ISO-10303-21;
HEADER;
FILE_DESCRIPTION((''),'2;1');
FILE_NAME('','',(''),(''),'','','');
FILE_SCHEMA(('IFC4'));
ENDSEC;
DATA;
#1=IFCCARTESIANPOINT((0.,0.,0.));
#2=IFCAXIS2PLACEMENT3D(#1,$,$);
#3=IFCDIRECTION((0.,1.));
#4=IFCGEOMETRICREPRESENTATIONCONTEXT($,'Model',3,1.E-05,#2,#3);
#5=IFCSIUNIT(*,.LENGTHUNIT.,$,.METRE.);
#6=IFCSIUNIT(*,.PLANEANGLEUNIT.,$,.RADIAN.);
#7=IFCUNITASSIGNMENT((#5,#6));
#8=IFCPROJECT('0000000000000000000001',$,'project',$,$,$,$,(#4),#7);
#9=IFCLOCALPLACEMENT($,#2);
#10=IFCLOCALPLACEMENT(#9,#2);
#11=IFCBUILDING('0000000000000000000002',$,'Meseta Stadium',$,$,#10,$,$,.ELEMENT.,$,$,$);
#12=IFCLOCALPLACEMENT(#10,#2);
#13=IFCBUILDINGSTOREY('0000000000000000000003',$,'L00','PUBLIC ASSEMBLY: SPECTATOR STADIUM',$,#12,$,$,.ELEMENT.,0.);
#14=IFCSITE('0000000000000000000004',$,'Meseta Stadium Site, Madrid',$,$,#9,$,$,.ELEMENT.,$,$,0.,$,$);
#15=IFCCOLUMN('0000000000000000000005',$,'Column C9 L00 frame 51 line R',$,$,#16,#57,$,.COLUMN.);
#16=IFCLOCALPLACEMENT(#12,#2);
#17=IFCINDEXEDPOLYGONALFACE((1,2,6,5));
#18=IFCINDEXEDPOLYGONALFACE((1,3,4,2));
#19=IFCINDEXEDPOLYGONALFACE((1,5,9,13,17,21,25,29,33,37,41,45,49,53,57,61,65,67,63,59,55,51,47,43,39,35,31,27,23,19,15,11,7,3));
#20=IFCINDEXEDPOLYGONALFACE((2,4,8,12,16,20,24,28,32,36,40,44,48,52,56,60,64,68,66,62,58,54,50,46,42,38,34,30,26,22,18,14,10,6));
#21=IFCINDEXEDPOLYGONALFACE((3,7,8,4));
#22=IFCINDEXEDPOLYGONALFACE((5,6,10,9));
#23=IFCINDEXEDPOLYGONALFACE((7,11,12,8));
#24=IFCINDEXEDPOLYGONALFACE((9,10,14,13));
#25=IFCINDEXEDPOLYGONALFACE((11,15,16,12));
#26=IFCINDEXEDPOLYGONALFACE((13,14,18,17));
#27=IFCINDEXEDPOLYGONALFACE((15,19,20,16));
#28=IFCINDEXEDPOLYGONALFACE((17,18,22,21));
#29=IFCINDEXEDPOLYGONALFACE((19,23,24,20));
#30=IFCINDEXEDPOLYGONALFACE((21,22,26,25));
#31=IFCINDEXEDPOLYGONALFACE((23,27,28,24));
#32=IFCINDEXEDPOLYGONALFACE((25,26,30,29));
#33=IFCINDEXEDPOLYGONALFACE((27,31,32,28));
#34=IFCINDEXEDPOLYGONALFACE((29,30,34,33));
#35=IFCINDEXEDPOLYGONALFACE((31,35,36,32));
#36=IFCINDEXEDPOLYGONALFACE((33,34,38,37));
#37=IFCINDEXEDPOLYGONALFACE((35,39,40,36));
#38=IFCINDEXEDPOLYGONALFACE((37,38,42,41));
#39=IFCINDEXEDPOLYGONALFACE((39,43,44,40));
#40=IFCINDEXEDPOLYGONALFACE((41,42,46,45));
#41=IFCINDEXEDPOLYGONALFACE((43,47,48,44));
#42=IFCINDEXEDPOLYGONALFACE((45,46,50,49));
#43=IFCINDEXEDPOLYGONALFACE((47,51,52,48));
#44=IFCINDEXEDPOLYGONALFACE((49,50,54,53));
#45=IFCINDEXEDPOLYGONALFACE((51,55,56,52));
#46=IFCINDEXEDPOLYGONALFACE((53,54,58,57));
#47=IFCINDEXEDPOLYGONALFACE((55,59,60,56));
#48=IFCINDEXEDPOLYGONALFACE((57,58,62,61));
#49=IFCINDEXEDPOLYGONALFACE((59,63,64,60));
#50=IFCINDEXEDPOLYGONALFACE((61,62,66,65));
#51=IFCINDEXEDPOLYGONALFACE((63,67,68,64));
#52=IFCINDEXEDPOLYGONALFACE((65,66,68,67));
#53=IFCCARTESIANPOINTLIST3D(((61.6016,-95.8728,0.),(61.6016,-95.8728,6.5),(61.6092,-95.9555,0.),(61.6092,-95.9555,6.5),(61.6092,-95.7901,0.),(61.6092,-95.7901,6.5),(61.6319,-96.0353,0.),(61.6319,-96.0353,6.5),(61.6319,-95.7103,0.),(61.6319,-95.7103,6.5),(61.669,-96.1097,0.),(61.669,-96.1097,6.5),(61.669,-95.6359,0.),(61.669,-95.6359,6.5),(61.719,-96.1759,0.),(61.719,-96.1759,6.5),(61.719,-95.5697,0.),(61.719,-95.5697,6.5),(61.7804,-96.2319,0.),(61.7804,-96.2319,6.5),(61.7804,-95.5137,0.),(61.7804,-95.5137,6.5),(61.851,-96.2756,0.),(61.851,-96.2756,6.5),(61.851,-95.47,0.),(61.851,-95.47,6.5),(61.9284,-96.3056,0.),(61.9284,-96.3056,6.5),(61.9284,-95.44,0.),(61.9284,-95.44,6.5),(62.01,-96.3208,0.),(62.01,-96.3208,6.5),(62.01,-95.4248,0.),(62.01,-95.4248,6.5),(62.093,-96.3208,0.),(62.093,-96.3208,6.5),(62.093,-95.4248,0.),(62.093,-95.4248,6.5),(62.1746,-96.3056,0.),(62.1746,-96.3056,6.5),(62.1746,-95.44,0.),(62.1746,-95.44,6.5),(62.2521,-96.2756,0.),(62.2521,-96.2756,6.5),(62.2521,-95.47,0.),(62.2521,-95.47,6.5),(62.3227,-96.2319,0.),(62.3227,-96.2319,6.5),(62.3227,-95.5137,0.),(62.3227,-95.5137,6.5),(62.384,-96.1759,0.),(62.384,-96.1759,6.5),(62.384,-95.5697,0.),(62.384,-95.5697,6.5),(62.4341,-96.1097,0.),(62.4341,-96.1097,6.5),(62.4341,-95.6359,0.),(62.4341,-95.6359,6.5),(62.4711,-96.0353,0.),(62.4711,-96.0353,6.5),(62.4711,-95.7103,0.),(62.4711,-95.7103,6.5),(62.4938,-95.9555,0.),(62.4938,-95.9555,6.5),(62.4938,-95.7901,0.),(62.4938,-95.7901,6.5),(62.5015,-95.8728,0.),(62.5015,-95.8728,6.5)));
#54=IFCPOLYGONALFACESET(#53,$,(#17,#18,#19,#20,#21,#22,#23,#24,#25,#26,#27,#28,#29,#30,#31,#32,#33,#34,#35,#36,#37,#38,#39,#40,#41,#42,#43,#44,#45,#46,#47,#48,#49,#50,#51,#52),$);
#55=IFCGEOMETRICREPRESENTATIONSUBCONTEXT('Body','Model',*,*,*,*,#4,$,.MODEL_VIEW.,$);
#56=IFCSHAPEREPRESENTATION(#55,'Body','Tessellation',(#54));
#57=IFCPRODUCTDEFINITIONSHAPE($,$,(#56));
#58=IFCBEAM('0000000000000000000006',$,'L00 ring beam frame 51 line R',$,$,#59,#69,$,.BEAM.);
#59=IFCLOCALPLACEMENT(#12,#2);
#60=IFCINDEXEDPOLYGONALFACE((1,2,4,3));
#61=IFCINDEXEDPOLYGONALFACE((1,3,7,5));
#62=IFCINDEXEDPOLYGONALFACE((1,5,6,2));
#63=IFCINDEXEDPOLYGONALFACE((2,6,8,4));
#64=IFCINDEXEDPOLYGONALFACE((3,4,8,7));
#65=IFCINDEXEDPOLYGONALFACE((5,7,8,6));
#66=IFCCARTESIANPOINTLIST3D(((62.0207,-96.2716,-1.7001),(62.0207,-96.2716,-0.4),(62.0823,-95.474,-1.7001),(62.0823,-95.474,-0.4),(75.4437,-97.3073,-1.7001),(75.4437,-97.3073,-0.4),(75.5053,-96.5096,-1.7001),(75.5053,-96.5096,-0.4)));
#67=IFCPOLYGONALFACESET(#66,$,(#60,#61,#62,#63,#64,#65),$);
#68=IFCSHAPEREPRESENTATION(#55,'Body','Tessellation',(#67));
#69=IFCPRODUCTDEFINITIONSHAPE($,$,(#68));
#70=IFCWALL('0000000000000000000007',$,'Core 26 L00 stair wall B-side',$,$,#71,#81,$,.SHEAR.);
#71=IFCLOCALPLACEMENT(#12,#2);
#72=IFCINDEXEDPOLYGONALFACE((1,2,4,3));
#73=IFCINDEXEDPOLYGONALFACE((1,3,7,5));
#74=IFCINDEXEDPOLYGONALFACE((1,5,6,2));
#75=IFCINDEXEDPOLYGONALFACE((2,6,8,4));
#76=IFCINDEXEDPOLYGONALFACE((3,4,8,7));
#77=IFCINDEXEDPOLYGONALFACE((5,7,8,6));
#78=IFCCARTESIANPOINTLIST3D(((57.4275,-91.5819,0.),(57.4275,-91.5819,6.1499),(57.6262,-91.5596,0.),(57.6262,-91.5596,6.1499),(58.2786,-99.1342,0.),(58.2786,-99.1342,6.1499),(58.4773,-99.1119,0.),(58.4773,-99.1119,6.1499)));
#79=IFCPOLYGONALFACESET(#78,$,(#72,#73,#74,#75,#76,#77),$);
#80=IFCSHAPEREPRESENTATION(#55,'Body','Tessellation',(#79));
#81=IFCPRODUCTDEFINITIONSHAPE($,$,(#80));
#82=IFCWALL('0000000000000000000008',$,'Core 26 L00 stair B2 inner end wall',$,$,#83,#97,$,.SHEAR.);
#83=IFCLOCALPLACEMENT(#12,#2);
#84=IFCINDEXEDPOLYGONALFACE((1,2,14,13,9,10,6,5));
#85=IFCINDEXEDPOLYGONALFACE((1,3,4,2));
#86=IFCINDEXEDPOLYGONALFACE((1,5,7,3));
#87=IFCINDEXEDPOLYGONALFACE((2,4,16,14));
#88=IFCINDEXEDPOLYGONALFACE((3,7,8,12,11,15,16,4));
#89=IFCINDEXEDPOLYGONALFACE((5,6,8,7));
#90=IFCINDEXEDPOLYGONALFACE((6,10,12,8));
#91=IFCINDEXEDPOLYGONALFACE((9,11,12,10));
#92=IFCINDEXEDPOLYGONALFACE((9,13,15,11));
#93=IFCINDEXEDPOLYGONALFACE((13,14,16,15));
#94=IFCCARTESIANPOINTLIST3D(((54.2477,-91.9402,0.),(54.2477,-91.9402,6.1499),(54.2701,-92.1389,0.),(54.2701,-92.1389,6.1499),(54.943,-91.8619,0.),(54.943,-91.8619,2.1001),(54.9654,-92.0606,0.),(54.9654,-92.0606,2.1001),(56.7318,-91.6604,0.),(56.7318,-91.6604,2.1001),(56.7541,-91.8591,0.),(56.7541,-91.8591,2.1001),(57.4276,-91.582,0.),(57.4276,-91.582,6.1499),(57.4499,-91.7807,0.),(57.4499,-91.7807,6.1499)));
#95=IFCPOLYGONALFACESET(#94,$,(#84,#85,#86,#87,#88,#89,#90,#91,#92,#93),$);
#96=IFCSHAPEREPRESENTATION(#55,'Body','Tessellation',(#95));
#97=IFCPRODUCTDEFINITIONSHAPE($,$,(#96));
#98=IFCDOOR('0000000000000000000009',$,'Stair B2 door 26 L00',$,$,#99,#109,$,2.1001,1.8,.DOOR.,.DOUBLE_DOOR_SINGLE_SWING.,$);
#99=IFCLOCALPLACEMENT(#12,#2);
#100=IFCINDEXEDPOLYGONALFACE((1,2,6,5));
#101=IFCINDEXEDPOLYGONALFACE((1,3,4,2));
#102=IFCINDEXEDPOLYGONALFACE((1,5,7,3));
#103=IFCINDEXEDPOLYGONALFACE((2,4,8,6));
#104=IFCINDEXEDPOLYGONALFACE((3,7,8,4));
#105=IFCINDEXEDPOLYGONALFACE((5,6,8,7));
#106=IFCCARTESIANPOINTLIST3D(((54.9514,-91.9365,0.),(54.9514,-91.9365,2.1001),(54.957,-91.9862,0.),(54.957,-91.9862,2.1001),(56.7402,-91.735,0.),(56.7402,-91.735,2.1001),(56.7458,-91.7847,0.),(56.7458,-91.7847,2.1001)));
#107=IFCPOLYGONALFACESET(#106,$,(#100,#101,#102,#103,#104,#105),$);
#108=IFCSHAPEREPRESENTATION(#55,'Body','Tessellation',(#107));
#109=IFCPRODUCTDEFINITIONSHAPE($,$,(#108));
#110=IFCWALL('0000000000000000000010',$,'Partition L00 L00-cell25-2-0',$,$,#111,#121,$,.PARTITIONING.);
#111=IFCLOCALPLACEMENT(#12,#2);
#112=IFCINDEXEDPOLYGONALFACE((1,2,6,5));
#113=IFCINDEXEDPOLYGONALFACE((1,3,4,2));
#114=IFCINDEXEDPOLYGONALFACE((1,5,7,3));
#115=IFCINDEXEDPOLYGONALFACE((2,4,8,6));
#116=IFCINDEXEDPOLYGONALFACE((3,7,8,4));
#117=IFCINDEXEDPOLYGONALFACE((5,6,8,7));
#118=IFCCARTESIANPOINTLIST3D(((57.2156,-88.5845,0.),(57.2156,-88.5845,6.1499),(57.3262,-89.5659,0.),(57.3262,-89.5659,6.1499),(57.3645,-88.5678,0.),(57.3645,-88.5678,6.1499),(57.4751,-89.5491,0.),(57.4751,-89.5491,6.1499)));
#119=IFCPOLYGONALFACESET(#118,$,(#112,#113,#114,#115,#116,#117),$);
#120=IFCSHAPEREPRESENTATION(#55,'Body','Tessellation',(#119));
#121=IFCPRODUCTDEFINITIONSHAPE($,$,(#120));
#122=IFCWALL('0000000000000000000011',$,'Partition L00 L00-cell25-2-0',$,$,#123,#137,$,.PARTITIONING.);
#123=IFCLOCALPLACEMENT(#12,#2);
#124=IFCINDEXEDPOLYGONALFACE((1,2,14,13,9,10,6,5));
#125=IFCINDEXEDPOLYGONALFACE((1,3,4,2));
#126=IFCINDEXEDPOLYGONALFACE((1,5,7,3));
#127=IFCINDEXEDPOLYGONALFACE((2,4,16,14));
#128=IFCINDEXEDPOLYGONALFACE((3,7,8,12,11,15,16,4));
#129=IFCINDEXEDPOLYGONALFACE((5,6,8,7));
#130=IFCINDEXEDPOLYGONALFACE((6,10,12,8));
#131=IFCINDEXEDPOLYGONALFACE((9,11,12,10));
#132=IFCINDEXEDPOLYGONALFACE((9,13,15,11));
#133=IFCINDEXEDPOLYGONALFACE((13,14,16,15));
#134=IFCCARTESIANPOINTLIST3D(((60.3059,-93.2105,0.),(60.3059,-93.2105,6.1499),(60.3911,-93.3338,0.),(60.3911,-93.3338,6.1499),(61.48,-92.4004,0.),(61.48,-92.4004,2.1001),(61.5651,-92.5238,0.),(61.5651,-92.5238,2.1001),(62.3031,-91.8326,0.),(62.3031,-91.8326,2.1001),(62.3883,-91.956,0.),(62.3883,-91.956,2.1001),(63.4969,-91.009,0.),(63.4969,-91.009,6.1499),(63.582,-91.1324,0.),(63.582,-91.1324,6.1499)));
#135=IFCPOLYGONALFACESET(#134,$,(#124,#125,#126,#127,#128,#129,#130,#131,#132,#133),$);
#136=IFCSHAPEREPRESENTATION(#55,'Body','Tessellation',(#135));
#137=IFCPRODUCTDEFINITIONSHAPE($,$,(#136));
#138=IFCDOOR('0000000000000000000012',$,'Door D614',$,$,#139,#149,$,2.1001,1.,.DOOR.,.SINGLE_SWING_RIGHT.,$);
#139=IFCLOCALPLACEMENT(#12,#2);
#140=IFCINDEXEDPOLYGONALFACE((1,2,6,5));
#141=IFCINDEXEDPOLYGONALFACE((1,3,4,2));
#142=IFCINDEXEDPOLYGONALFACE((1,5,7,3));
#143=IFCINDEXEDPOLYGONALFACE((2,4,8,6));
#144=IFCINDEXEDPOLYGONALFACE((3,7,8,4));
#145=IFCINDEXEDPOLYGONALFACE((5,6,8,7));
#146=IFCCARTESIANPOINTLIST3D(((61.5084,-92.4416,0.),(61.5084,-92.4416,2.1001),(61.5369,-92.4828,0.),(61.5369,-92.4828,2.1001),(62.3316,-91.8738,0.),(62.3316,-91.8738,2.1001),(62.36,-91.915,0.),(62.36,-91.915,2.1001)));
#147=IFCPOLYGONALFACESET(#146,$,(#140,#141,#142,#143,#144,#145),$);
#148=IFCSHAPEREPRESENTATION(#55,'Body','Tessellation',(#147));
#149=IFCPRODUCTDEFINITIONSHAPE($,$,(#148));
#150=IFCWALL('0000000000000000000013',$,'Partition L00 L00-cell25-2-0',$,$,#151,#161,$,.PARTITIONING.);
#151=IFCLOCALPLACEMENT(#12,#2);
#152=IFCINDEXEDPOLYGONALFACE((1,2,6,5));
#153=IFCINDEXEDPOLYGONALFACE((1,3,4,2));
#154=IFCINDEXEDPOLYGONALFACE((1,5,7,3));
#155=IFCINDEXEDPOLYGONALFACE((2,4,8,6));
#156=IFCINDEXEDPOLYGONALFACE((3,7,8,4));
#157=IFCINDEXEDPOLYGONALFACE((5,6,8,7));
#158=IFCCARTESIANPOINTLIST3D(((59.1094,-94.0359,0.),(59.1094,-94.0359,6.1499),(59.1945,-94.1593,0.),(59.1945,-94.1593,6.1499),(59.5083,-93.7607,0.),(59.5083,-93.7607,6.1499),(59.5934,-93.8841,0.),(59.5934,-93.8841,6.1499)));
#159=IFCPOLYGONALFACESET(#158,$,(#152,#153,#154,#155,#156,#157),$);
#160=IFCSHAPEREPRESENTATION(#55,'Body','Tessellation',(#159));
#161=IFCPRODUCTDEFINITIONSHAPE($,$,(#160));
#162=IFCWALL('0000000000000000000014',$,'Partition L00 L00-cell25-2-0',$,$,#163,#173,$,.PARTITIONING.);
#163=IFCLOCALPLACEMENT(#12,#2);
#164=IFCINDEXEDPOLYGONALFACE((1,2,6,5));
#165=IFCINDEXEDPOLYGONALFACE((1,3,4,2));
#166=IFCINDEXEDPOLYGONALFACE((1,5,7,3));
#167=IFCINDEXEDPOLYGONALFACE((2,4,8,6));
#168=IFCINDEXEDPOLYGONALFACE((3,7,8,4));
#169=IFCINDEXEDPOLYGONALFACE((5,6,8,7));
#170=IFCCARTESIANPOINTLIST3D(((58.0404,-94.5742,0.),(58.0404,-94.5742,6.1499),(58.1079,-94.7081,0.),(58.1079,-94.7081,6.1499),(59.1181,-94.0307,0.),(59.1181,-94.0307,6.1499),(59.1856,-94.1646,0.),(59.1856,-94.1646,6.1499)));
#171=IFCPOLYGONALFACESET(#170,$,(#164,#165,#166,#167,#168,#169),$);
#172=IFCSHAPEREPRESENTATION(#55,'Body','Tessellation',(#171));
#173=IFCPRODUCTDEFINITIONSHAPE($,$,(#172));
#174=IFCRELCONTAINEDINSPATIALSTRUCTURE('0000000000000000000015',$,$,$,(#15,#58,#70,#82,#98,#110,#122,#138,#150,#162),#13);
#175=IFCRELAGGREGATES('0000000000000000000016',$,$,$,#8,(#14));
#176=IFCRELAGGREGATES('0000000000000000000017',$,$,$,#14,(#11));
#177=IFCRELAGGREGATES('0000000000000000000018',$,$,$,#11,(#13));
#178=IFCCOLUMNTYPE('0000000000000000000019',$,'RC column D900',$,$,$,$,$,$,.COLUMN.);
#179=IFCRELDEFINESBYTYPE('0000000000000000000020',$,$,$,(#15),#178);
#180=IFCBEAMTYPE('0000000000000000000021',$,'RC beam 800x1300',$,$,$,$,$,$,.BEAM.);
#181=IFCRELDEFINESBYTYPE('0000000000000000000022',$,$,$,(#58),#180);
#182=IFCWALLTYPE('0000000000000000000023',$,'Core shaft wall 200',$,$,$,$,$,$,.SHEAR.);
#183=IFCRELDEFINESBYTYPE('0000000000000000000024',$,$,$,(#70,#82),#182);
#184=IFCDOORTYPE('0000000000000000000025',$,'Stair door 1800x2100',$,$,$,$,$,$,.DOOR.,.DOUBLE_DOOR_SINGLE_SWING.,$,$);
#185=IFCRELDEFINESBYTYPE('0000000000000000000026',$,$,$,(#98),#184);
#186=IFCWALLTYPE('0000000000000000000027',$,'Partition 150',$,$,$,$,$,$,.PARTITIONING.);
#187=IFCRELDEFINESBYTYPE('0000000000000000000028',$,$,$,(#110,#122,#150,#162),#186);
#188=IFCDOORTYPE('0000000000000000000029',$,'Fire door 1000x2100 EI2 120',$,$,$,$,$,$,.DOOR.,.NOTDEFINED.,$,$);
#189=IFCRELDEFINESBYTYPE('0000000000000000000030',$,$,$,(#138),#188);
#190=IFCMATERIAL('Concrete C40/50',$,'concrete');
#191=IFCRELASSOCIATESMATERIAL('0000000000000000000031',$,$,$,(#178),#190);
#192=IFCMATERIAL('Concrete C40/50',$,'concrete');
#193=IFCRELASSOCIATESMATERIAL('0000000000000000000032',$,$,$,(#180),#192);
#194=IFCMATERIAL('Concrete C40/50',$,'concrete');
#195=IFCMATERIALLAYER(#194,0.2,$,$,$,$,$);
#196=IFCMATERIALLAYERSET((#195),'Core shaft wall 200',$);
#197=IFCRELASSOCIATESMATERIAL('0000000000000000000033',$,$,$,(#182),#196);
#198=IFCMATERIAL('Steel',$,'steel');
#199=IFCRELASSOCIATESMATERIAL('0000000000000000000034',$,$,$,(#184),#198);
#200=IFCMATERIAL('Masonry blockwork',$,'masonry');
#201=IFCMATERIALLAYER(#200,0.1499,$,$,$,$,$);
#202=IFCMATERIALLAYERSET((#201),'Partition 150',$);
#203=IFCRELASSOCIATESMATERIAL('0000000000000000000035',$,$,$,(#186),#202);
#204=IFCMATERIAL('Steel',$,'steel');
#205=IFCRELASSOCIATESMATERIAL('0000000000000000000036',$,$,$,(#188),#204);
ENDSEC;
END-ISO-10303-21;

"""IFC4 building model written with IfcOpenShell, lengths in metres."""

from ifc_helpers import new_model, si_unit, direction, frame, frame_2d, origin, origin_2d, place, context, subcontext, project, spatial, rectangle, circle, extrude, material, layer, layer_set, material_profile, profile_set, type_object, element, fill, save


model = new_model("IFC4")

# Units and contexts
model_context = context("Model", 3, precision=1e-05, world=origin(), true_north=direction((0.0, 1.0)))
body_context = subcontext(model_context, "Body", "Model", "MODEL_VIEW")
ifc_project = project(units=[si_unit("LENGTHUNIT", "METRE"), si_unit("PLANEANGLEUNIT", "RADIAN")], contexts=[model_context])

# Site, building, storey
site_placement = place(None, origin())
site = spatial("IfcSite", under=ifc_project, at=site_placement, Name="Meseta Stadium Site, Madrid", CompositionType="ELEMENT", RefElevation=0.0)
building_placement = place(site_placement, origin())
building = spatial("IfcBuilding", under=site, at=building_placement, Name="Meseta Stadium", CompositionType="ELEMENT")
storey_placement = place(building_placement, origin())
storey = spatial("IfcBuildingStorey", under=building, at=storey_placement, Name="L00", Description="PUBLIC ASSEMBLY: SPECTATOR STADIUM", CompositionType="ELEMENT", Elevation=0.0)

# Column
ifc_material_1 = material(Name="Concrete C40/50", Category="concrete")
ifc_material_profile_1 = material_profile(ifc_material_1, circle(Radius=0.45, at=origin_2d()), Name="RC D900")
ifc_profile_set_1 = profile_set([ifc_material_profile_1], Name="Concrete C40/50")
column_type = type_object("IfcColumnType", Name="RC column D900", PredefinedType="COLUMN", material=ifc_profile_set_1)
column_placement = place(storey_placement, frame((62.0515, -95.8728, 0.0), z_axis=(0.0, 0.0, 1.0), x_axis=(1.0, 0.0, 0.0)))
element("IfcColumn", 1, at=column_placement, inside=storey, type_object=column_type, Name="Column C9 L00 frame 51 line R", PredefinedType="COLUMN", context=body_context, shape_type="SweptSolid", body=[
    extrude(circle(Radius=0.45, at=origin_2d()), origin(), (0.0, 0.0, 1.0), 6.5),
])

# Beam
ifc_material_2 = material(Name="Concrete C40/50", Category="concrete")
ifc_material_profile_2 = material_profile(ifc_material_2, rectangle(XDim=0.8, YDim=1.3, at=origin_2d()), Name="RC 800x1300")
ifc_profile_set_2 = profile_set([ifc_material_profile_2], Name="Concrete C40/50")
beam_type = type_object("IfcBeamType", Name="RC beam 800x1300", PredefinedType="BEAM", material=ifc_profile_set_2)
beam_placement = place(storey_placement, frame((62.0515, -95.8728, -1.05), z_axis=(0.997037, -0.076925, 0.0), x_axis=(0.076925, 0.997037, 0.0)))
element("IfcBeam", 2, at=beam_placement, inside=storey, type_object=beam_type, Name="L00 ring beam frame 51 line R", PredefinedType="BEAM", context=body_context, shape_type="SweptSolid", body=[
    extrude(rectangle(XDim=0.8, YDim=1.3, at=origin_2d()), origin(), (0.0, 0.0, 1.0), 13.4629),
])

# Wall
ifc_material_3 = material(Name="Concrete C40/50", Category="concrete")
ifc_layer_1 = layer(ifc_material_3, 0.2)
ifc_layer_set_1 = layer_set([ifc_layer_1], Name="Core shaft wall 200")
wall_type_1 = type_object("IfcWallType", Name="Core shaft wall 200", PredefinedType="SHEAR", material=ifc_layer_set_1)
wall_1_placement = place(storey_placement, frame((58.3779, -99.123, 0.0), z_axis=(0.0, 0.0, 1.0), x_axis=(-0.111983, 0.99371, 0.0)))
element("IfcWall", 3, at=wall_1_placement, inside=storey, type_object=wall_type_1, Name="Core 26 L00 stair wall B-side", PredefinedType="SHEAR", context=body_context, shape_type="SweptSolid", body=[
    extrude(rectangle(XDim=7.6001, YDim=0.2, at=frame_2d((3.8, 0.0))), origin(), (0.0, 0.0, 1.0), 6.1499),
])

# Wall, opening, door
wall_2_placement = place(storey_placement, frame((54.2588, -92.0396, 0.0), z_axis=(0.0, 0.0, 1.0), x_axis=(0.993717, 0.111922, 0.0)))
wall_2 = element("IfcWall", 4, at=wall_2_placement, inside=storey, type_object=wall_type_1, Name="Core 26 L00 stair B2 inner end wall", PredefinedType="SHEAR", context=body_context, shape_type="SweptSolid", body=[
    extrude(rectangle(XDim=3.2, YDim=0.2, at=frame_2d((1.6001, 0.0))), origin(), (0.0, 0.0, 1.0), 6.1499),
])
opening_1_placement = place(wall_2_placement, frame((0.7, 0.0, 0.0)))
opening_1 = element("IfcOpeningElement", 5, at=opening_1_placement, cuts=wall_2, PredefinedType="OPENING", context=body_context, shape_type="SweptSolid", body=[
    extrude(rectangle(XDim=1.8, YDim=2.1001, at=frame_2d((0.8999, 1.05))), frame((0.0, 0.1099, 0.0), z_axis=(0.0, -1.0, 0.0), x_axis=(1.0, 0.0, 0.0)), (0.0, 0.0, 1.0), 0.22),
])
ifc_material_4 = material(Name="Steel", Category="steel")
door_type_1 = type_object("IfcDoorType", Name="Stair door 1800x2100", OperationType="DOUBLE_DOOR_SINGLE_SWING", PredefinedType="DOOR", material=ifc_material_4)
door_1_placement = place(opening_1_placement, origin())
door_1 = element("IfcDoor", 6, at=door_1_placement, inside=storey, type_object=door_type_1, Name="Stair B2 door 26 L00", OperationType="DOUBLE_DOOR_SINGLE_SWING", OverallHeight=2.1001, OverallWidth=1.8, PredefinedType="DOOR", context=body_context, shape_type="SweptSolid", body=[
    extrude(rectangle(XDim=1.8, YDim=2.1001, at=frame_2d((0.8999, 1.05))), frame((0.0, 0.0249, 0.0), z_axis=(0.0, -1.0, 0.0), x_axis=(1.0, 0.0, 0.0)), (0.0, 0.0, 1.0), 0.05),
])
fill(opening_1, door_1)

# Wall
ifc_material_5 = material(Name="Masonry blockwork", Category="masonry")
ifc_layer_2 = layer(ifc_material_5, 0.1499)
ifc_layer_set_2 = layer_set([ifc_layer_2], Name="Partition 150")
wall_type_2 = type_object("IfcWallType", Name="Partition 150", PredefinedType="PARTITIONING", material=ifc_layer_set_2)
wall_3_placement = place(storey_placement, frame((57.4006, -89.5574, 0.0), z_axis=(0.0, 0.0, 1.0), x_axis=(-0.111978, 0.993711, 0.0)))
element("IfcWall", 7, at=wall_3_placement, inside=storey, type_object=wall_type_2, Name="Partition L00 L00-cell25-2-0", PredefinedType="PARTITIONING", context=body_context, shape_type="SweptSolid", body=[
    extrude(rectangle(XDim=0.9875, YDim=0.1499, at=frame_2d((0.4937, 0.0))), origin(), (0.0, 0.0, 1.0), 6.1499),
])

# Wall, opening, door
wall_4_placement = place(storey_placement, frame((60.3484, -93.2722, 0.0), z_axis=(0.0, 0.0, 1.0), x_axis=(0.823118, 0.56787, 0.0)))
wall_4 = element("IfcWall", 8, at=wall_4_placement, inside=storey, type_object=wall_type_2, Name="Partition L00 L00-cell25-2-0", PredefinedType="PARTITIONING", context=body_context, shape_type="SweptSolid", body=[
    extrude(rectangle(XDim=3.8767, YDim=0.1499, at=frame_2d((1.9385, 0.0))), origin(), (0.0, 0.0, 1.0), 6.1499),
])
opening_2_placement = place(wall_4_placement, frame((1.4265, 0.0, 0.0)))
opening_2 = element("IfcOpeningElement", 9, at=opening_2_placement, cuts=wall_4, PredefinedType="OPENING", context=body_context, shape_type="SweptSolid", body=[
    extrude(rectangle(XDim=1.0, YDim=2.1001, at=frame_2d((0.5, 1.05))), frame((0.0, 0.085, 0.0), z_axis=(0.0, -1.0, 0.0), x_axis=(1.0, 0.0, 0.0)), (0.0, 0.0, 1.0), 0.1699),
])
ifc_material_6 = material(Name="Steel", Category="steel")
door_type_2 = type_object("IfcDoorType", Name="Fire door 1000x2100 EI2 120", OperationType="NOTDEFINED", PredefinedType="DOOR", material=ifc_material_6)
door_2_placement = place(opening_2_placement, origin())
door_2 = element("IfcDoor", 10, at=door_2_placement, inside=storey, type_object=door_type_2, Name="Door D614", OperationType="SINGLE_SWING_RIGHT", OverallHeight=2.1001, OverallWidth=1.0, PredefinedType="DOOR", context=body_context, shape_type="SweptSolid", body=[
    extrude(rectangle(XDim=1.0, YDim=2.1001, at=frame_2d((0.5, 1.05))), frame((0.0, 0.0249, 0.0), z_axis=(0.0, -1.0, 0.0), x_axis=(1.0, 0.0, 0.0)), (0.0, 0.0, 1.0), 0.05),
])
fill(opening_2, door_2)

# Walls
wall_5_placement = place(storey_placement, frame((59.5508, -93.8225, 0.0), z_axis=(0.0, 0.0, 1.0), x_axis=(-0.823188, -0.567768, 0.0)))
element("IfcWall", 11, at=wall_5_placement, inside=storey, type_object=wall_type_2, Name="Partition L00 L00-cell25-2-0", PredefinedType="PARTITIONING", context=body_context, shape_type="SweptSolid", body=[
    extrude(rectangle(XDim=0.4846, YDim=0.1499, at=frame_2d((0.2422, 0.0))), origin(), (0.0, 0.0, 1.0), 6.1499),
])
wall_6_placement = place(storey_placement, frame((59.1519, -94.0977, 0.0), z_axis=(0.0, 0.0, 1.0), x_axis=(-0.892885, -0.450286, 0.0)))
element("IfcWall", 12, at=wall_6_placement, inside=storey, type_object=wall_type_2, Name="Partition L00 L00-cell25-2-0", PredefinedType="PARTITIONING", context=body_context, shape_type="SweptSolid", body=[
    extrude(rectangle(XDim=1.207, YDim=0.1499, at=frame_2d((0.6035, 0.0))), origin(), (0.0, 0.0, 1.0), 6.1499),
])

save(model, "model.ifc")
